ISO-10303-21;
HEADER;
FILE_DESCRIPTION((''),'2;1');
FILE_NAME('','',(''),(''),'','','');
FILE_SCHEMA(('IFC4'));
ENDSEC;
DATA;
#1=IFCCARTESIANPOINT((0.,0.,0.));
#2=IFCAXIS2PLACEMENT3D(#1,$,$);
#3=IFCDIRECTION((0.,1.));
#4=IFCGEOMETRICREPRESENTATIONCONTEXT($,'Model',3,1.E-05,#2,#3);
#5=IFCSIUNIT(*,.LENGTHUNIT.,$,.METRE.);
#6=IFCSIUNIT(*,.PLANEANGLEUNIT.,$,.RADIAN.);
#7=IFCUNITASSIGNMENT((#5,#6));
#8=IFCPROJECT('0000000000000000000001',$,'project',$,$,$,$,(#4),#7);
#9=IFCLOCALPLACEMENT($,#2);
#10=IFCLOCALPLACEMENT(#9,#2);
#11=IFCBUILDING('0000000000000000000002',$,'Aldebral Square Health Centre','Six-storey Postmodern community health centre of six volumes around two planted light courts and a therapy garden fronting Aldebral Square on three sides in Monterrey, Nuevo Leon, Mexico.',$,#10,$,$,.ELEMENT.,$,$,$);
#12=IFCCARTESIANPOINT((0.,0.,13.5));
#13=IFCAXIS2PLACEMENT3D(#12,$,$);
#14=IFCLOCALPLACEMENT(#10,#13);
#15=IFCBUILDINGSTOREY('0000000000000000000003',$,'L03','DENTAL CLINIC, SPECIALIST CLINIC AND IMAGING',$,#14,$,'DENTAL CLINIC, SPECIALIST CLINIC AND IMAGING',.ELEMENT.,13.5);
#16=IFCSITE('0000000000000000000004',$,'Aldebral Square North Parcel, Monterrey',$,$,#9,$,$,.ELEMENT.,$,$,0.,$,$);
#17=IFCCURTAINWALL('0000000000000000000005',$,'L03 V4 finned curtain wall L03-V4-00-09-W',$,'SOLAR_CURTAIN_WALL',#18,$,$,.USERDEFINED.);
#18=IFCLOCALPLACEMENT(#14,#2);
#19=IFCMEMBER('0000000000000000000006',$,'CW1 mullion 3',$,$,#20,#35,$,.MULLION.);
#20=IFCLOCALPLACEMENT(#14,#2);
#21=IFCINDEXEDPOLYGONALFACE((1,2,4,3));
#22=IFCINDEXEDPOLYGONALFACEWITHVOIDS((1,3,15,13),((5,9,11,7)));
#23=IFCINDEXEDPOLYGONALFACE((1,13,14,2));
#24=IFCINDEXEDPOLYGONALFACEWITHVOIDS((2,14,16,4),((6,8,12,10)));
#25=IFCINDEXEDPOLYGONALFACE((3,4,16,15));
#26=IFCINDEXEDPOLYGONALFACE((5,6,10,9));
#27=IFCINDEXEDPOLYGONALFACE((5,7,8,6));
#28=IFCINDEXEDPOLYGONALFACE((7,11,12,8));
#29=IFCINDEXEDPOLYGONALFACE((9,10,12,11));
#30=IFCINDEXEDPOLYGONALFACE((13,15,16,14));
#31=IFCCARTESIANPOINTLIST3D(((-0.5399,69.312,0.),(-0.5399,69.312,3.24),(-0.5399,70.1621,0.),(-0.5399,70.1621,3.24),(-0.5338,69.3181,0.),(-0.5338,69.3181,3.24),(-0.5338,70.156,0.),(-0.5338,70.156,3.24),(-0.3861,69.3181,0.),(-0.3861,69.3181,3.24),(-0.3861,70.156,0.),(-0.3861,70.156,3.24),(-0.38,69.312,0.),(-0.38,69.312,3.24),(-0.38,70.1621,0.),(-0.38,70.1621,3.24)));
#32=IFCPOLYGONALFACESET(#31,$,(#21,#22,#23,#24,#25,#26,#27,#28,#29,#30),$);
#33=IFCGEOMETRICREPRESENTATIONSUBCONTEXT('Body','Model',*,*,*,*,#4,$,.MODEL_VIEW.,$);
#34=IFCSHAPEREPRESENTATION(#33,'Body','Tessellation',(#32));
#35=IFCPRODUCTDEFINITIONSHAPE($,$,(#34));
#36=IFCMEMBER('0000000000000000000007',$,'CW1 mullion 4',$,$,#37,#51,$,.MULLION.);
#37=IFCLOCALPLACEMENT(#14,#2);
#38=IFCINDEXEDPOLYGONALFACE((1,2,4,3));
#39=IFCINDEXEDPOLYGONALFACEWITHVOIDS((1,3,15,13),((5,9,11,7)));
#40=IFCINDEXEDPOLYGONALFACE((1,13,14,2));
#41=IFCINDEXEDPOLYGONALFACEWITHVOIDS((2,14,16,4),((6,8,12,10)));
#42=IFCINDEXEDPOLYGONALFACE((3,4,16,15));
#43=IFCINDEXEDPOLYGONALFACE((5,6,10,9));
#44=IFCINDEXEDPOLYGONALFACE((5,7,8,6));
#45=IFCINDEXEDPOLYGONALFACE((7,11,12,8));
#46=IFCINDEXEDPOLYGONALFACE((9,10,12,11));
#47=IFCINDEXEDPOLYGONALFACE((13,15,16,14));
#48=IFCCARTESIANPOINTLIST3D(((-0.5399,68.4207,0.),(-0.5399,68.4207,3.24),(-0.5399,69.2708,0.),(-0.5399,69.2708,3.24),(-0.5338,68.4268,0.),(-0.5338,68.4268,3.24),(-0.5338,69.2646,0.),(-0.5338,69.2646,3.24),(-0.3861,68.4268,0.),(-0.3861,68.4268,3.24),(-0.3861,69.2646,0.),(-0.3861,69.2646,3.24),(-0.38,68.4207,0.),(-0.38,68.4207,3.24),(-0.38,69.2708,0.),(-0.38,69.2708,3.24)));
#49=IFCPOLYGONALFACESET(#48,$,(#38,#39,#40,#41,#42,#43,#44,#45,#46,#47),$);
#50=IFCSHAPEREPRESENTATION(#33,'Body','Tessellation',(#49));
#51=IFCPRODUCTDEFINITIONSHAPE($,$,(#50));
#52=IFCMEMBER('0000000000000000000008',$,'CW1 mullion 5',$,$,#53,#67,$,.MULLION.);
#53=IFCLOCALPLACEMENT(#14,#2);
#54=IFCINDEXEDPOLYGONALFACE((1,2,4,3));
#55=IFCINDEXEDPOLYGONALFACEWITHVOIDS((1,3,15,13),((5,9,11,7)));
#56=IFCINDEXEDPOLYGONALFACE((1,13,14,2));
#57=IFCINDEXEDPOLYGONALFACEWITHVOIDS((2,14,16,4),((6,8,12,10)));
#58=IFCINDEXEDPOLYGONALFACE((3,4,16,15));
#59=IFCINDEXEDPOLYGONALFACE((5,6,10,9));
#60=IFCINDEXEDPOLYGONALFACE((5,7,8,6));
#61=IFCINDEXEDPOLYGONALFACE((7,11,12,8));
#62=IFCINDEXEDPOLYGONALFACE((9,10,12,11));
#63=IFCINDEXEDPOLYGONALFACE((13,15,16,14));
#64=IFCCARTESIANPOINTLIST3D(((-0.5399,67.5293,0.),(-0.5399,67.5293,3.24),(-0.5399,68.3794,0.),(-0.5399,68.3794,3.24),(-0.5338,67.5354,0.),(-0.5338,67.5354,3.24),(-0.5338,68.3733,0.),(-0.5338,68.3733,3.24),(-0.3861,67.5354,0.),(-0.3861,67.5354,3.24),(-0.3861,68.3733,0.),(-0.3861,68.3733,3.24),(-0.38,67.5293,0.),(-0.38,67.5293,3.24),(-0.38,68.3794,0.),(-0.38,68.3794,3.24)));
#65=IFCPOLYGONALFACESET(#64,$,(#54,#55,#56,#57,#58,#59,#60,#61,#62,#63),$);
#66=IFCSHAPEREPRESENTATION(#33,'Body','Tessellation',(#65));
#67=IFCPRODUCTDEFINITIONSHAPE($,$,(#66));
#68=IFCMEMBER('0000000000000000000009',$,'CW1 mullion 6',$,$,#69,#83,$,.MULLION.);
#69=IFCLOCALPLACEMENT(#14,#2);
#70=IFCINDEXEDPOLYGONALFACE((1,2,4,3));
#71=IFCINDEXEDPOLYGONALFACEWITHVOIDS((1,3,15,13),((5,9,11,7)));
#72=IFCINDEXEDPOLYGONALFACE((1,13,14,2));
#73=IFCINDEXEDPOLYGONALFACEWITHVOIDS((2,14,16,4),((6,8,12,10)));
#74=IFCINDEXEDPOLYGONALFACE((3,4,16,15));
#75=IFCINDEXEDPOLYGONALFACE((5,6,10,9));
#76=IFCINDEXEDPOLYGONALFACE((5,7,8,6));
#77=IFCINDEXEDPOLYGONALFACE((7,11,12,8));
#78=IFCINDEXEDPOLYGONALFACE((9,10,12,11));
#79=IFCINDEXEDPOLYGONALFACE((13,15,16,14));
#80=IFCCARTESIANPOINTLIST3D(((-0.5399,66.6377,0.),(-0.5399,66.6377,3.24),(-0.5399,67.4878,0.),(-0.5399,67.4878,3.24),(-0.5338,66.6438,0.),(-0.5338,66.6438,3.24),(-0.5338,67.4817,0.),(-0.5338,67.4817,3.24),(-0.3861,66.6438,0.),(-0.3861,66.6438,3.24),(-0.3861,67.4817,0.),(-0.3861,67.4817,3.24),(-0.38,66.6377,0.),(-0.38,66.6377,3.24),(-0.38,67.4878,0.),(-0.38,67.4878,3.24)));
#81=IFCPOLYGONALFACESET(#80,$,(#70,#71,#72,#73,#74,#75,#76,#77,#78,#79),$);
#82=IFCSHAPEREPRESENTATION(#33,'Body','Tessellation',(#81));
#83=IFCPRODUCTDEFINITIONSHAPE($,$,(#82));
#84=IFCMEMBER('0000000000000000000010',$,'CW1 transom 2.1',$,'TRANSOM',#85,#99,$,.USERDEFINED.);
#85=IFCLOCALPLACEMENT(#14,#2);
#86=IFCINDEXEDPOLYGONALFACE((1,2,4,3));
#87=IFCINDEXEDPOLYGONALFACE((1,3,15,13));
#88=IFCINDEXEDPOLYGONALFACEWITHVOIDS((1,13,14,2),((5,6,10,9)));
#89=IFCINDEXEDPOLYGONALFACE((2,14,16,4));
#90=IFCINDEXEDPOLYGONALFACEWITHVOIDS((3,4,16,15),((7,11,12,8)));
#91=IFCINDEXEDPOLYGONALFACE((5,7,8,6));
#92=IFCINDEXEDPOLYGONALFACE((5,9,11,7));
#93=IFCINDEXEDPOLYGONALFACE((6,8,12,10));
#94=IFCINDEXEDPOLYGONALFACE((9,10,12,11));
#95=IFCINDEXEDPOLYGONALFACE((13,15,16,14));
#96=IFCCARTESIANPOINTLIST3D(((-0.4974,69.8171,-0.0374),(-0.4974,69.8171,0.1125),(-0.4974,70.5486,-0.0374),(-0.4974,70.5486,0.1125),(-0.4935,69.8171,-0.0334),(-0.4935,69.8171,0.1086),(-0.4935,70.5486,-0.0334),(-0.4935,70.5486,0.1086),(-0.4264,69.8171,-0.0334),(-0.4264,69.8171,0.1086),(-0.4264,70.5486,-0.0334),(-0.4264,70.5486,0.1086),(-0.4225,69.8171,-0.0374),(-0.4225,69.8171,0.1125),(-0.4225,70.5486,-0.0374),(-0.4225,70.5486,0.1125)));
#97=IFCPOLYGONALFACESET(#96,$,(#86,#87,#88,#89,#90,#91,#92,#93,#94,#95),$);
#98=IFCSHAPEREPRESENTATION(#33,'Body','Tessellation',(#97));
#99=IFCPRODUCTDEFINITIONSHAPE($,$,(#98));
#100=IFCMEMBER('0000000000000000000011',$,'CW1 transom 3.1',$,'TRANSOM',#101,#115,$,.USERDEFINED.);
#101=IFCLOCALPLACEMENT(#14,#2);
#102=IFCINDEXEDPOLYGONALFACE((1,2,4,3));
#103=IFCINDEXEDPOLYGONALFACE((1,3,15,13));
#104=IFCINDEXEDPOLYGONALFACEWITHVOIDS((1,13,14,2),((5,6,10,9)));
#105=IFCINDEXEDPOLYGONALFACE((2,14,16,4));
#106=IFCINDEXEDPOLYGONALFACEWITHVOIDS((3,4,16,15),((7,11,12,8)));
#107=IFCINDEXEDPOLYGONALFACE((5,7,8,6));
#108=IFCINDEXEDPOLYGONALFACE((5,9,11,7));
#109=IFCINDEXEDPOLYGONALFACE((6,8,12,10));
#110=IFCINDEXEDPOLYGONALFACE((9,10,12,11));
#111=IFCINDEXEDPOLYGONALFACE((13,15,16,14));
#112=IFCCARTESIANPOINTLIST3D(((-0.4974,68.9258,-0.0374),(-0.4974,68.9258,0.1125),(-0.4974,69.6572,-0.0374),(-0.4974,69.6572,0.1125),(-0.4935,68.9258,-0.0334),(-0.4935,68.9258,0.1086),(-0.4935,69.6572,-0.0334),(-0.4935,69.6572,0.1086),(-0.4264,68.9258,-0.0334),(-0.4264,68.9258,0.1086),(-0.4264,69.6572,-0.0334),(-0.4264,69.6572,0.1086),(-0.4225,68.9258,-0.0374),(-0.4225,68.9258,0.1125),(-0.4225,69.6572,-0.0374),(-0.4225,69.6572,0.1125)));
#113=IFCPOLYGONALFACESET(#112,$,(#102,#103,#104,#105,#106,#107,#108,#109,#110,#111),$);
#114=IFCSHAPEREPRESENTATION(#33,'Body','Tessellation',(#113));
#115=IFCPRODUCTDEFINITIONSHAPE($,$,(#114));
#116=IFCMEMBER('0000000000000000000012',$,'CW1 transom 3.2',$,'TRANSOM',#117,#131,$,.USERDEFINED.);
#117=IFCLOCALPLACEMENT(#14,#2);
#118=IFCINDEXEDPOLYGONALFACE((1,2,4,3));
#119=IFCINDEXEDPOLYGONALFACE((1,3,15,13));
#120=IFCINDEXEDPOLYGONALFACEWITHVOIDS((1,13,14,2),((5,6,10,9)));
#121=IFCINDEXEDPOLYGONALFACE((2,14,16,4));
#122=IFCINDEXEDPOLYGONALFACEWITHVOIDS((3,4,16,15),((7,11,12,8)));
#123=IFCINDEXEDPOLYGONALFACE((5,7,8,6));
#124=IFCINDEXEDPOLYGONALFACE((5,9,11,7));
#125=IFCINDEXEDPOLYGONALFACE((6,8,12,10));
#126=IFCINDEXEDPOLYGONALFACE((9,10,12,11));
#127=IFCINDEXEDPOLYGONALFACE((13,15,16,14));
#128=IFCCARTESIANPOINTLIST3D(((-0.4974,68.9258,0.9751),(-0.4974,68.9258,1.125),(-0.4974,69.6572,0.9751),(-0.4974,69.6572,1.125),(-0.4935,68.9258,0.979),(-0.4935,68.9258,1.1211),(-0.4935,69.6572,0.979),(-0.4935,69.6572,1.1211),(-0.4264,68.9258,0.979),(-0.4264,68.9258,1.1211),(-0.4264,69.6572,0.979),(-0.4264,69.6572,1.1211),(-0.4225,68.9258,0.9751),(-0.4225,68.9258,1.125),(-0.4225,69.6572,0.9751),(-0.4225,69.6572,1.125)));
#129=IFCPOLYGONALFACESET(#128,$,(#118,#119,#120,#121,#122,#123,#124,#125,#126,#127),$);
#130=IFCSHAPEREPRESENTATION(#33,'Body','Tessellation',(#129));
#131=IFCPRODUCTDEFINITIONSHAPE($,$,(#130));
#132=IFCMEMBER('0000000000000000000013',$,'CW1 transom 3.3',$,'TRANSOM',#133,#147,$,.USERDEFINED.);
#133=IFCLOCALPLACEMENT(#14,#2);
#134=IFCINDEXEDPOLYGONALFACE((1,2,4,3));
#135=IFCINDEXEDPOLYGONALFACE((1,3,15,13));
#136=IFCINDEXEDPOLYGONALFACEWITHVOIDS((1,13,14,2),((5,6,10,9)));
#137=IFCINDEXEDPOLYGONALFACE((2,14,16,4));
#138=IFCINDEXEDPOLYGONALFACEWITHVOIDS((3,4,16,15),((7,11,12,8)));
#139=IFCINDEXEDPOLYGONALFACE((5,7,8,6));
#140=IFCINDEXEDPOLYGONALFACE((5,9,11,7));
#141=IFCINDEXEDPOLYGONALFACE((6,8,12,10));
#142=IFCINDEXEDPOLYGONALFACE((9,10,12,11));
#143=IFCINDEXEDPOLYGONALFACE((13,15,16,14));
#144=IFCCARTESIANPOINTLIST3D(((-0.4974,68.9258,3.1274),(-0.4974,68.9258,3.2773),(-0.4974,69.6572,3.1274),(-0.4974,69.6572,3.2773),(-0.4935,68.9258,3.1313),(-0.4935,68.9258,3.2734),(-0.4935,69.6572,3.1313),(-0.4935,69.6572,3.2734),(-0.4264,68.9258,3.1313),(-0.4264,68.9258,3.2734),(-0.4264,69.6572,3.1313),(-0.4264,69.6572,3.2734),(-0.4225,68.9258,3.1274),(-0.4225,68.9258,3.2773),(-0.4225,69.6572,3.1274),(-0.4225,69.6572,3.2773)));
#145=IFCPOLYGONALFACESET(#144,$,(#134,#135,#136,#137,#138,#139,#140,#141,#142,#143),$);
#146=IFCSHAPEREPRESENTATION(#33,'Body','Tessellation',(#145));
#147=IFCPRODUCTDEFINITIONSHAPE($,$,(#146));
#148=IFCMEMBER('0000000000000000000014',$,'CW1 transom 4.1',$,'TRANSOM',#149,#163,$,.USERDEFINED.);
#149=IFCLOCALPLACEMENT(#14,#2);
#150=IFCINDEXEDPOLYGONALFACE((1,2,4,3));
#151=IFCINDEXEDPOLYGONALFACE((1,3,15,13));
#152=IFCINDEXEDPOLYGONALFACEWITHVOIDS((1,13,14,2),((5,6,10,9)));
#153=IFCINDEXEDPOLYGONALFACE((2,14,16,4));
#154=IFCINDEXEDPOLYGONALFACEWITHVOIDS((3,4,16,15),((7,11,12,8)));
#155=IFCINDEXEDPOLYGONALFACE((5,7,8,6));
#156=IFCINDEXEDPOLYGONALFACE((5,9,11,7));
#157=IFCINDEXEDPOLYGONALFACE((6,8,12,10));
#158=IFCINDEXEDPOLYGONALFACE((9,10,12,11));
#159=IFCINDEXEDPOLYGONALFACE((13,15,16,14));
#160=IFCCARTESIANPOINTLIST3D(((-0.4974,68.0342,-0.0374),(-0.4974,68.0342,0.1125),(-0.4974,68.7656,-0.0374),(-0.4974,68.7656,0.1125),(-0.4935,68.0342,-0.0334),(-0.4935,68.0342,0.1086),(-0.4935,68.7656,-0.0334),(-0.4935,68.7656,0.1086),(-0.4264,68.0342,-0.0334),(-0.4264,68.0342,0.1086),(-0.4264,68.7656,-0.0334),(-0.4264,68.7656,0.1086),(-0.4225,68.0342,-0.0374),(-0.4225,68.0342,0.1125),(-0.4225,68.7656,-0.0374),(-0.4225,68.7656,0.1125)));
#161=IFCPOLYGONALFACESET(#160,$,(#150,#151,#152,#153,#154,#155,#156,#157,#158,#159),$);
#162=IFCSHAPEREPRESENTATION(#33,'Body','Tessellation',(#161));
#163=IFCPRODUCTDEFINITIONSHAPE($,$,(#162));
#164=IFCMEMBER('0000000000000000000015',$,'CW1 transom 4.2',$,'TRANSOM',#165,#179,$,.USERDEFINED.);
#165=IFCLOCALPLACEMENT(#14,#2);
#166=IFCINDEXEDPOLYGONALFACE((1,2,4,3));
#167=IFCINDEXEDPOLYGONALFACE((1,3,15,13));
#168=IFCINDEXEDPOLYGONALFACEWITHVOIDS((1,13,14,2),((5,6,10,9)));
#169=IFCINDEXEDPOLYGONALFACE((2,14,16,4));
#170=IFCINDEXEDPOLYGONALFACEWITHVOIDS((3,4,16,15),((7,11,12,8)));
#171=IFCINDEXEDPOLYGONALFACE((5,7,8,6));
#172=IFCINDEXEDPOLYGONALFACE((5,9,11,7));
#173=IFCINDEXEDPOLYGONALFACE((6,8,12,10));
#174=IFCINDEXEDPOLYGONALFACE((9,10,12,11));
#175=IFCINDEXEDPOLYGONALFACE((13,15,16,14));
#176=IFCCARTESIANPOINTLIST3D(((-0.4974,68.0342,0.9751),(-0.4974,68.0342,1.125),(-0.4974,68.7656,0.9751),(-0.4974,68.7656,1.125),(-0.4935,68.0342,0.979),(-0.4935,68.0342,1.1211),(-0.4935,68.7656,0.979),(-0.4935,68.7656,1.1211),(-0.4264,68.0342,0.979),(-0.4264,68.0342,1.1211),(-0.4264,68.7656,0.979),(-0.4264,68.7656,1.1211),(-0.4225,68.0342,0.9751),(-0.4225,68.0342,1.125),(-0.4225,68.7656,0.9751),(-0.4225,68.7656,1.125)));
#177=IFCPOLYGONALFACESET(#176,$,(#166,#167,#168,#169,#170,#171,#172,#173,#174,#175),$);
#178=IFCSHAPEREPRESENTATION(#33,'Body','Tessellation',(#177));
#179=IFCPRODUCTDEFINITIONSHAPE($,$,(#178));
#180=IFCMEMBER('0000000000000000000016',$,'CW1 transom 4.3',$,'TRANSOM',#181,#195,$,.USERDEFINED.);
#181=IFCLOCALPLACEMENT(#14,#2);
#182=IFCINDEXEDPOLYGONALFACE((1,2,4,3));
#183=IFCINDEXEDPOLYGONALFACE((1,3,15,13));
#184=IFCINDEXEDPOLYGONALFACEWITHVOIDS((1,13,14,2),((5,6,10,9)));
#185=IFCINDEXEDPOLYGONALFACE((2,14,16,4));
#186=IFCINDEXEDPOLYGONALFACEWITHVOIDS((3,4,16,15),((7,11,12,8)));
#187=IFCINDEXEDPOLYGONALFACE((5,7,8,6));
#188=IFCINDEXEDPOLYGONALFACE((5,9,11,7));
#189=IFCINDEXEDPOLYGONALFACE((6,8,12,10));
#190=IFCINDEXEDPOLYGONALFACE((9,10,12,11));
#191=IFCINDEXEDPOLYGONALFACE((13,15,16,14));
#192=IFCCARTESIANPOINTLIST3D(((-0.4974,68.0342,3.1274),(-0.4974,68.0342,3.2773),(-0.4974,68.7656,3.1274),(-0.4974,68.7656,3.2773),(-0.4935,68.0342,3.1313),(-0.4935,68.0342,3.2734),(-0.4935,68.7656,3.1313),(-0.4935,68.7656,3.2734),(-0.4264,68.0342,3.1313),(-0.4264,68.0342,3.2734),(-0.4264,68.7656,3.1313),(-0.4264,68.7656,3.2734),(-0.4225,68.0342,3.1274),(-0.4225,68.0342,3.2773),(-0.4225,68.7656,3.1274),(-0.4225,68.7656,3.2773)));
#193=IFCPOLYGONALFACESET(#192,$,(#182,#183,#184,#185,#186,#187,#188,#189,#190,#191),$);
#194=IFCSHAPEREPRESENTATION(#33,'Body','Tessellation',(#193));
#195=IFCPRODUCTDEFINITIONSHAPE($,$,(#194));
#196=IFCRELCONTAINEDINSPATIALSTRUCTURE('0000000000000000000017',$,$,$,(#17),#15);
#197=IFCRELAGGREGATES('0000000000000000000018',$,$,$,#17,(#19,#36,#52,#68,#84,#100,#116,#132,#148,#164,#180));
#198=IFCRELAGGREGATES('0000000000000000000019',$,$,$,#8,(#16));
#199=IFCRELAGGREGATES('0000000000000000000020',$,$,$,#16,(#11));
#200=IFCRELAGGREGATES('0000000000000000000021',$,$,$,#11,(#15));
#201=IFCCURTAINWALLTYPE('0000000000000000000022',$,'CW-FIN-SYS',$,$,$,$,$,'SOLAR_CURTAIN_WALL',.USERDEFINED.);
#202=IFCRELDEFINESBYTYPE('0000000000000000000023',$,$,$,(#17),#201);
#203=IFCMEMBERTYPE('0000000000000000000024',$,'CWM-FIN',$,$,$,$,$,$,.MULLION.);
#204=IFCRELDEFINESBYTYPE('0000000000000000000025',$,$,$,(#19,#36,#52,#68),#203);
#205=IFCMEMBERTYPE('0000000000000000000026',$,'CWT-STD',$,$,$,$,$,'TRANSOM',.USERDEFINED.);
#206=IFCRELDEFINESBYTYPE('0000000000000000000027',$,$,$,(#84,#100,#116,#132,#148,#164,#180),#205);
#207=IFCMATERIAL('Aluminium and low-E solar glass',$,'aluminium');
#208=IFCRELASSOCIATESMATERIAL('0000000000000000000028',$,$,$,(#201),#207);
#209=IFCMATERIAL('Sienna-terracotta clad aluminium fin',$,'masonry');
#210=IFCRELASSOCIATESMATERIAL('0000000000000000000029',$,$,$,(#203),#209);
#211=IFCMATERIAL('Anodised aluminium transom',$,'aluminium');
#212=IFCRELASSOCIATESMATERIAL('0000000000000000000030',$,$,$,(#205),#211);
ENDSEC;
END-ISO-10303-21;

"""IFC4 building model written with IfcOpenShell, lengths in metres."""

from ifc_helpers import new_model, si_unit, direction, frame, origin, origin_2d, place, context, subcontext, project, spatial, hollow_rectangle, extrude, material, material_profile, profile_set, type_object, element, aggregate, save


model = new_model("IFC4")

# Units and contexts
model_context = context("Model", 3, precision=1e-05, world=origin(), true_north=direction((0.0, 1.0)))
body_context = subcontext(model_context, "Body", "Model", "MODEL_VIEW")
ifc_project = project(units=[si_unit("LENGTHUNIT", "METRE"), si_unit("PLANEANGLEUNIT", "RADIAN")], contexts=[model_context])

# Site, building, storey
site_placement = place(None, origin())
site = spatial("IfcSite", under=ifc_project, at=site_placement, Name="Aldebral Square North Parcel, Monterrey", CompositionType="ELEMENT", RefElevation=0.0)
building_placement = place(site_placement, origin())
building = spatial("IfcBuilding", under=site, at=building_placement, Name="Aldebral Square Health Centre", Description="Six-storey Postmodern community health centre of six volumes around two planted light courts and a therapy garden fronting Aldebral Square on three sides in Monterrey, Nuevo Leon, Mexico.", CompositionType="ELEMENT")
storey_placement = place(building_placement, frame((0.0, 0.0, 13.5)))
storey = spatial("IfcBuildingStorey", under=building, at=storey_placement, Name="L03", Description="DENTAL CLINIC, SPECIALIST CLINIC AND IMAGING", LongName="DENTAL CLINIC, SPECIALIST CLINIC AND IMAGING", CompositionType="ELEMENT", Elevation=13.5)

# Curtain wall, members
ifc_material_1 = material(Name="Aluminium and low-E solar glass", Category="aluminium")
curtain_wall_type = type_object("IfcCurtainWallType", Name="CW-FIN-SYS", ElementType="SOLAR_CURTAIN_WALL", PredefinedType="USERDEFINED", material=ifc_material_1)
curtain_wall_placement = place(storey_placement, origin())
curtain_wall = element("IfcCurtainWall", 1, at=curtain_wall_placement, inside=storey, type_object=curtain_wall_type, Name="L03 V4 finned curtain wall L03-V4-00-09-W", ObjectType="SOLAR_CURTAIN_WALL", PredefinedType="USERDEFINED")
ifc_material_2 = material(Name="Sienna-terracotta clad aluminium fin", Category="masonry")
ifc_material_profile_1 = material_profile(ifc_material_2, hollow_rectangle(XDim=0.1599, YDim=0.8501, WallThickness=0.0061, at=origin_2d()), Name="FIN 160x850x6")
ifc_profile_set_1 = profile_set([ifc_material_profile_1], Name="Sienna-terracotta clad aluminium fin")
member_type_1 = type_object("IfcMemberType", Name="CWM-FIN", PredefinedType="MULLION", material=ifc_profile_set_1)
member_1_placement = place(storey_placement, frame((-0.46, 69.7371, 0.0), z_axis=(0.0, 0.0, 1.0), x_axis=(1.0, 0.0, 0.0)))
member_1 = element("IfcMember", 2, at=member_1_placement, type_object=member_type_1, Name="CW1 mullion 3", PredefinedType="MULLION", context=body_context, shape_type="SweptSolid", body=[
    extrude(hollow_rectangle(XDim=0.1599, YDim=0.8501, WallThickness=0.0061, at=origin_2d()), origin(), (0.0, 0.0, 1.0), 3.24),
])
member_2_placement = place(storey_placement, frame((-0.46, 68.8457, 0.0), z_axis=(0.0, 0.0, 1.0), x_axis=(1.0, 0.0, 0.0)))
member_2 = element("IfcMember", 3, at=member_2_placement, type_object=member_type_1, Name="CW1 mullion 4", PredefinedType="MULLION", context=body_context, shape_type="SweptSolid", body=[
    extrude(hollow_rectangle(XDim=0.1599, YDim=0.8501, WallThickness=0.0061, at=origin_2d()), origin(), (0.0, 0.0, 1.0), 3.24),
])
member_3_placement = place(storey_placement, frame((-0.46, 67.9543, 0.0), z_axis=(0.0, 0.0, 1.0), x_axis=(1.0, 0.0, 0.0)))
member_3 = element("IfcMember", 4, at=member_3_placement, type_object=member_type_1, Name="CW1 mullion 5", PredefinedType="MULLION", context=body_context, shape_type="SweptSolid", body=[
    extrude(hollow_rectangle(XDim=0.1599, YDim=0.8501, WallThickness=0.0061, at=origin_2d()), origin(), (0.0, 0.0, 1.0), 3.24),
])
member_4_placement = place(storey_placement, frame((-0.46, 67.0627, 0.0), z_axis=(0.0, 0.0, 1.0), x_axis=(1.0, 0.0, 0.0)))
member_4 = element("IfcMember", 5, at=member_4_placement, type_object=member_type_1, Name="CW1 mullion 6", PredefinedType="MULLION", context=body_context, shape_type="SweptSolid", body=[
    extrude(hollow_rectangle(XDim=0.1599, YDim=0.8501, WallThickness=0.0061, at=origin_2d()), origin(), (0.0, 0.0, 1.0), 3.24),
])
ifc_material_3 = material(Name="Anodised aluminium transom", Category="aluminium")
ifc_material_profile_2 = material_profile(ifc_material_3, hollow_rectangle(XDim=0.075, YDim=0.1499, WallThickness=0.0039, at=origin_2d()), Name="CWT 75x150x4")
ifc_profile_set_2 = profile_set([ifc_material_profile_2], Name="Anodised aluminium transom")
member_type_2 = type_object("IfcMemberType", Name="CWT-STD", ElementType="TRANSOM", PredefinedType="USERDEFINED", material=ifc_profile_set_2)
member_5_placement = place(storey_placement, frame((-0.46, 70.5486, 0.0376), z_axis=(0.0, -1.0, 0.0), x_axis=(1.0, 0.0, 0.0)))
member_5 = element("IfcMember", 6, at=member_5_placement, type_object=member_type_2, Name="CW1 transom 2.1", ObjectType="TRANSOM", PredefinedType="USERDEFINED", context=body_context, shape_type="SweptSolid", body=[
    extrude(hollow_rectangle(XDim=0.075, YDim=0.1499, WallThickness=0.0039, at=origin_2d()), origin(), (0.0, 0.0, 1.0), 0.7314),
])
member_6_placement = place(storey_placement, frame((-0.46, 69.6572, 0.0376), z_axis=(0.0, -1.0, 0.0), x_axis=(1.0, 0.0, 0.0)))
member_6 = element("IfcMember", 7, at=member_6_placement, type_object=member_type_2, Name="CW1 transom 3.1", ObjectType="TRANSOM", PredefinedType="USERDEFINED", context=body_context, shape_type="SweptSolid", body=[
    extrude(hollow_rectangle(XDim=0.075, YDim=0.1499, WallThickness=0.0039, at=origin_2d()), origin(), (0.0, 0.0, 1.0), 0.7314),
])
member_7_placement = place(storey_placement, frame((-0.46, 69.6572, 1.05), z_axis=(0.0, -1.0, 0.0), x_axis=(1.0, 0.0, 0.0)))
member_7 = element("IfcMember", 8, at=member_7_placement, type_object=member_type_2, Name="CW1 transom 3.2", ObjectType="TRANSOM", PredefinedType="USERDEFINED", context=body_context, shape_type="SweptSolid", body=[
    extrude(hollow_rectangle(XDim=0.075, YDim=0.1499, WallThickness=0.0039, at=origin_2d()), origin(), (0.0, 0.0, 1.0), 0.7314),
])
member_8_placement = place(storey_placement, frame((-0.46, 69.6572, 3.2024), z_axis=(0.0, -1.0, 0.0), x_axis=(1.0, 0.0, 0.0)))
member_8 = element("IfcMember", 9, at=member_8_placement, type_object=member_type_2, Name="CW1 transom 3.3", ObjectType="TRANSOM", PredefinedType="USERDEFINED", context=body_context, shape_type="SweptSolid", body=[
    extrude(hollow_rectangle(XDim=0.075, YDim=0.1499, WallThickness=0.0039, at=origin_2d()), origin(), (0.0, 0.0, 1.0), 0.7314),
])
member_9_placement = place(storey_placement, frame((-0.46, 68.7656, 0.0376), z_axis=(0.0, -1.0, 0.0), x_axis=(1.0, 0.0, 0.0)))
member_9 = element("IfcMember", 10, at=member_9_placement, type_object=member_type_2, Name="CW1 transom 4.1", ObjectType="TRANSOM", PredefinedType="USERDEFINED", context=body_context, shape_type="SweptSolid", body=[
    extrude(hollow_rectangle(XDim=0.075, YDim=0.1499, WallThickness=0.0039, at=origin_2d()), origin(), (0.0, 0.0, 1.0), 0.7314),
])
member_10_placement = place(storey_placement, frame((-0.46, 68.7656, 1.05), z_axis=(0.0, -1.0, 0.0), x_axis=(1.0, 0.0, 0.0)))
member_10 = element("IfcMember", 11, at=member_10_placement, type_object=member_type_2, Name="CW1 transom 4.2", ObjectType="TRANSOM", PredefinedType="USERDEFINED", context=body_context, shape_type="SweptSolid", body=[
    extrude(hollow_rectangle(XDim=0.075, YDim=0.1499, WallThickness=0.0039, at=origin_2d()), origin(), (0.0, 0.0, 1.0), 0.7314),
])
member_11_placement = place(storey_placement, frame((-0.46, 68.7656, 3.2024), z_axis=(0.0, -1.0, 0.0), x_axis=(1.0, 0.0, 0.0)))
member_11 = element("IfcMember", 12, at=member_11_placement, type_object=member_type_2, Name="CW1 transom 4.3", ObjectType="TRANSOM", PredefinedType="USERDEFINED", context=body_context, shape_type="SweptSolid", body=[
    extrude(hollow_rectangle(XDim=0.075, YDim=0.1499, WallThickness=0.0039, at=origin_2d()), origin(), (0.0, 0.0, 1.0), 0.7314),
])
aggregate(curtain_wall, [member_1, member_2, member_3, member_4, member_5, member_6, member_7, member_8, member_9, member_10, member_11])

save(model, "model.ifc")
